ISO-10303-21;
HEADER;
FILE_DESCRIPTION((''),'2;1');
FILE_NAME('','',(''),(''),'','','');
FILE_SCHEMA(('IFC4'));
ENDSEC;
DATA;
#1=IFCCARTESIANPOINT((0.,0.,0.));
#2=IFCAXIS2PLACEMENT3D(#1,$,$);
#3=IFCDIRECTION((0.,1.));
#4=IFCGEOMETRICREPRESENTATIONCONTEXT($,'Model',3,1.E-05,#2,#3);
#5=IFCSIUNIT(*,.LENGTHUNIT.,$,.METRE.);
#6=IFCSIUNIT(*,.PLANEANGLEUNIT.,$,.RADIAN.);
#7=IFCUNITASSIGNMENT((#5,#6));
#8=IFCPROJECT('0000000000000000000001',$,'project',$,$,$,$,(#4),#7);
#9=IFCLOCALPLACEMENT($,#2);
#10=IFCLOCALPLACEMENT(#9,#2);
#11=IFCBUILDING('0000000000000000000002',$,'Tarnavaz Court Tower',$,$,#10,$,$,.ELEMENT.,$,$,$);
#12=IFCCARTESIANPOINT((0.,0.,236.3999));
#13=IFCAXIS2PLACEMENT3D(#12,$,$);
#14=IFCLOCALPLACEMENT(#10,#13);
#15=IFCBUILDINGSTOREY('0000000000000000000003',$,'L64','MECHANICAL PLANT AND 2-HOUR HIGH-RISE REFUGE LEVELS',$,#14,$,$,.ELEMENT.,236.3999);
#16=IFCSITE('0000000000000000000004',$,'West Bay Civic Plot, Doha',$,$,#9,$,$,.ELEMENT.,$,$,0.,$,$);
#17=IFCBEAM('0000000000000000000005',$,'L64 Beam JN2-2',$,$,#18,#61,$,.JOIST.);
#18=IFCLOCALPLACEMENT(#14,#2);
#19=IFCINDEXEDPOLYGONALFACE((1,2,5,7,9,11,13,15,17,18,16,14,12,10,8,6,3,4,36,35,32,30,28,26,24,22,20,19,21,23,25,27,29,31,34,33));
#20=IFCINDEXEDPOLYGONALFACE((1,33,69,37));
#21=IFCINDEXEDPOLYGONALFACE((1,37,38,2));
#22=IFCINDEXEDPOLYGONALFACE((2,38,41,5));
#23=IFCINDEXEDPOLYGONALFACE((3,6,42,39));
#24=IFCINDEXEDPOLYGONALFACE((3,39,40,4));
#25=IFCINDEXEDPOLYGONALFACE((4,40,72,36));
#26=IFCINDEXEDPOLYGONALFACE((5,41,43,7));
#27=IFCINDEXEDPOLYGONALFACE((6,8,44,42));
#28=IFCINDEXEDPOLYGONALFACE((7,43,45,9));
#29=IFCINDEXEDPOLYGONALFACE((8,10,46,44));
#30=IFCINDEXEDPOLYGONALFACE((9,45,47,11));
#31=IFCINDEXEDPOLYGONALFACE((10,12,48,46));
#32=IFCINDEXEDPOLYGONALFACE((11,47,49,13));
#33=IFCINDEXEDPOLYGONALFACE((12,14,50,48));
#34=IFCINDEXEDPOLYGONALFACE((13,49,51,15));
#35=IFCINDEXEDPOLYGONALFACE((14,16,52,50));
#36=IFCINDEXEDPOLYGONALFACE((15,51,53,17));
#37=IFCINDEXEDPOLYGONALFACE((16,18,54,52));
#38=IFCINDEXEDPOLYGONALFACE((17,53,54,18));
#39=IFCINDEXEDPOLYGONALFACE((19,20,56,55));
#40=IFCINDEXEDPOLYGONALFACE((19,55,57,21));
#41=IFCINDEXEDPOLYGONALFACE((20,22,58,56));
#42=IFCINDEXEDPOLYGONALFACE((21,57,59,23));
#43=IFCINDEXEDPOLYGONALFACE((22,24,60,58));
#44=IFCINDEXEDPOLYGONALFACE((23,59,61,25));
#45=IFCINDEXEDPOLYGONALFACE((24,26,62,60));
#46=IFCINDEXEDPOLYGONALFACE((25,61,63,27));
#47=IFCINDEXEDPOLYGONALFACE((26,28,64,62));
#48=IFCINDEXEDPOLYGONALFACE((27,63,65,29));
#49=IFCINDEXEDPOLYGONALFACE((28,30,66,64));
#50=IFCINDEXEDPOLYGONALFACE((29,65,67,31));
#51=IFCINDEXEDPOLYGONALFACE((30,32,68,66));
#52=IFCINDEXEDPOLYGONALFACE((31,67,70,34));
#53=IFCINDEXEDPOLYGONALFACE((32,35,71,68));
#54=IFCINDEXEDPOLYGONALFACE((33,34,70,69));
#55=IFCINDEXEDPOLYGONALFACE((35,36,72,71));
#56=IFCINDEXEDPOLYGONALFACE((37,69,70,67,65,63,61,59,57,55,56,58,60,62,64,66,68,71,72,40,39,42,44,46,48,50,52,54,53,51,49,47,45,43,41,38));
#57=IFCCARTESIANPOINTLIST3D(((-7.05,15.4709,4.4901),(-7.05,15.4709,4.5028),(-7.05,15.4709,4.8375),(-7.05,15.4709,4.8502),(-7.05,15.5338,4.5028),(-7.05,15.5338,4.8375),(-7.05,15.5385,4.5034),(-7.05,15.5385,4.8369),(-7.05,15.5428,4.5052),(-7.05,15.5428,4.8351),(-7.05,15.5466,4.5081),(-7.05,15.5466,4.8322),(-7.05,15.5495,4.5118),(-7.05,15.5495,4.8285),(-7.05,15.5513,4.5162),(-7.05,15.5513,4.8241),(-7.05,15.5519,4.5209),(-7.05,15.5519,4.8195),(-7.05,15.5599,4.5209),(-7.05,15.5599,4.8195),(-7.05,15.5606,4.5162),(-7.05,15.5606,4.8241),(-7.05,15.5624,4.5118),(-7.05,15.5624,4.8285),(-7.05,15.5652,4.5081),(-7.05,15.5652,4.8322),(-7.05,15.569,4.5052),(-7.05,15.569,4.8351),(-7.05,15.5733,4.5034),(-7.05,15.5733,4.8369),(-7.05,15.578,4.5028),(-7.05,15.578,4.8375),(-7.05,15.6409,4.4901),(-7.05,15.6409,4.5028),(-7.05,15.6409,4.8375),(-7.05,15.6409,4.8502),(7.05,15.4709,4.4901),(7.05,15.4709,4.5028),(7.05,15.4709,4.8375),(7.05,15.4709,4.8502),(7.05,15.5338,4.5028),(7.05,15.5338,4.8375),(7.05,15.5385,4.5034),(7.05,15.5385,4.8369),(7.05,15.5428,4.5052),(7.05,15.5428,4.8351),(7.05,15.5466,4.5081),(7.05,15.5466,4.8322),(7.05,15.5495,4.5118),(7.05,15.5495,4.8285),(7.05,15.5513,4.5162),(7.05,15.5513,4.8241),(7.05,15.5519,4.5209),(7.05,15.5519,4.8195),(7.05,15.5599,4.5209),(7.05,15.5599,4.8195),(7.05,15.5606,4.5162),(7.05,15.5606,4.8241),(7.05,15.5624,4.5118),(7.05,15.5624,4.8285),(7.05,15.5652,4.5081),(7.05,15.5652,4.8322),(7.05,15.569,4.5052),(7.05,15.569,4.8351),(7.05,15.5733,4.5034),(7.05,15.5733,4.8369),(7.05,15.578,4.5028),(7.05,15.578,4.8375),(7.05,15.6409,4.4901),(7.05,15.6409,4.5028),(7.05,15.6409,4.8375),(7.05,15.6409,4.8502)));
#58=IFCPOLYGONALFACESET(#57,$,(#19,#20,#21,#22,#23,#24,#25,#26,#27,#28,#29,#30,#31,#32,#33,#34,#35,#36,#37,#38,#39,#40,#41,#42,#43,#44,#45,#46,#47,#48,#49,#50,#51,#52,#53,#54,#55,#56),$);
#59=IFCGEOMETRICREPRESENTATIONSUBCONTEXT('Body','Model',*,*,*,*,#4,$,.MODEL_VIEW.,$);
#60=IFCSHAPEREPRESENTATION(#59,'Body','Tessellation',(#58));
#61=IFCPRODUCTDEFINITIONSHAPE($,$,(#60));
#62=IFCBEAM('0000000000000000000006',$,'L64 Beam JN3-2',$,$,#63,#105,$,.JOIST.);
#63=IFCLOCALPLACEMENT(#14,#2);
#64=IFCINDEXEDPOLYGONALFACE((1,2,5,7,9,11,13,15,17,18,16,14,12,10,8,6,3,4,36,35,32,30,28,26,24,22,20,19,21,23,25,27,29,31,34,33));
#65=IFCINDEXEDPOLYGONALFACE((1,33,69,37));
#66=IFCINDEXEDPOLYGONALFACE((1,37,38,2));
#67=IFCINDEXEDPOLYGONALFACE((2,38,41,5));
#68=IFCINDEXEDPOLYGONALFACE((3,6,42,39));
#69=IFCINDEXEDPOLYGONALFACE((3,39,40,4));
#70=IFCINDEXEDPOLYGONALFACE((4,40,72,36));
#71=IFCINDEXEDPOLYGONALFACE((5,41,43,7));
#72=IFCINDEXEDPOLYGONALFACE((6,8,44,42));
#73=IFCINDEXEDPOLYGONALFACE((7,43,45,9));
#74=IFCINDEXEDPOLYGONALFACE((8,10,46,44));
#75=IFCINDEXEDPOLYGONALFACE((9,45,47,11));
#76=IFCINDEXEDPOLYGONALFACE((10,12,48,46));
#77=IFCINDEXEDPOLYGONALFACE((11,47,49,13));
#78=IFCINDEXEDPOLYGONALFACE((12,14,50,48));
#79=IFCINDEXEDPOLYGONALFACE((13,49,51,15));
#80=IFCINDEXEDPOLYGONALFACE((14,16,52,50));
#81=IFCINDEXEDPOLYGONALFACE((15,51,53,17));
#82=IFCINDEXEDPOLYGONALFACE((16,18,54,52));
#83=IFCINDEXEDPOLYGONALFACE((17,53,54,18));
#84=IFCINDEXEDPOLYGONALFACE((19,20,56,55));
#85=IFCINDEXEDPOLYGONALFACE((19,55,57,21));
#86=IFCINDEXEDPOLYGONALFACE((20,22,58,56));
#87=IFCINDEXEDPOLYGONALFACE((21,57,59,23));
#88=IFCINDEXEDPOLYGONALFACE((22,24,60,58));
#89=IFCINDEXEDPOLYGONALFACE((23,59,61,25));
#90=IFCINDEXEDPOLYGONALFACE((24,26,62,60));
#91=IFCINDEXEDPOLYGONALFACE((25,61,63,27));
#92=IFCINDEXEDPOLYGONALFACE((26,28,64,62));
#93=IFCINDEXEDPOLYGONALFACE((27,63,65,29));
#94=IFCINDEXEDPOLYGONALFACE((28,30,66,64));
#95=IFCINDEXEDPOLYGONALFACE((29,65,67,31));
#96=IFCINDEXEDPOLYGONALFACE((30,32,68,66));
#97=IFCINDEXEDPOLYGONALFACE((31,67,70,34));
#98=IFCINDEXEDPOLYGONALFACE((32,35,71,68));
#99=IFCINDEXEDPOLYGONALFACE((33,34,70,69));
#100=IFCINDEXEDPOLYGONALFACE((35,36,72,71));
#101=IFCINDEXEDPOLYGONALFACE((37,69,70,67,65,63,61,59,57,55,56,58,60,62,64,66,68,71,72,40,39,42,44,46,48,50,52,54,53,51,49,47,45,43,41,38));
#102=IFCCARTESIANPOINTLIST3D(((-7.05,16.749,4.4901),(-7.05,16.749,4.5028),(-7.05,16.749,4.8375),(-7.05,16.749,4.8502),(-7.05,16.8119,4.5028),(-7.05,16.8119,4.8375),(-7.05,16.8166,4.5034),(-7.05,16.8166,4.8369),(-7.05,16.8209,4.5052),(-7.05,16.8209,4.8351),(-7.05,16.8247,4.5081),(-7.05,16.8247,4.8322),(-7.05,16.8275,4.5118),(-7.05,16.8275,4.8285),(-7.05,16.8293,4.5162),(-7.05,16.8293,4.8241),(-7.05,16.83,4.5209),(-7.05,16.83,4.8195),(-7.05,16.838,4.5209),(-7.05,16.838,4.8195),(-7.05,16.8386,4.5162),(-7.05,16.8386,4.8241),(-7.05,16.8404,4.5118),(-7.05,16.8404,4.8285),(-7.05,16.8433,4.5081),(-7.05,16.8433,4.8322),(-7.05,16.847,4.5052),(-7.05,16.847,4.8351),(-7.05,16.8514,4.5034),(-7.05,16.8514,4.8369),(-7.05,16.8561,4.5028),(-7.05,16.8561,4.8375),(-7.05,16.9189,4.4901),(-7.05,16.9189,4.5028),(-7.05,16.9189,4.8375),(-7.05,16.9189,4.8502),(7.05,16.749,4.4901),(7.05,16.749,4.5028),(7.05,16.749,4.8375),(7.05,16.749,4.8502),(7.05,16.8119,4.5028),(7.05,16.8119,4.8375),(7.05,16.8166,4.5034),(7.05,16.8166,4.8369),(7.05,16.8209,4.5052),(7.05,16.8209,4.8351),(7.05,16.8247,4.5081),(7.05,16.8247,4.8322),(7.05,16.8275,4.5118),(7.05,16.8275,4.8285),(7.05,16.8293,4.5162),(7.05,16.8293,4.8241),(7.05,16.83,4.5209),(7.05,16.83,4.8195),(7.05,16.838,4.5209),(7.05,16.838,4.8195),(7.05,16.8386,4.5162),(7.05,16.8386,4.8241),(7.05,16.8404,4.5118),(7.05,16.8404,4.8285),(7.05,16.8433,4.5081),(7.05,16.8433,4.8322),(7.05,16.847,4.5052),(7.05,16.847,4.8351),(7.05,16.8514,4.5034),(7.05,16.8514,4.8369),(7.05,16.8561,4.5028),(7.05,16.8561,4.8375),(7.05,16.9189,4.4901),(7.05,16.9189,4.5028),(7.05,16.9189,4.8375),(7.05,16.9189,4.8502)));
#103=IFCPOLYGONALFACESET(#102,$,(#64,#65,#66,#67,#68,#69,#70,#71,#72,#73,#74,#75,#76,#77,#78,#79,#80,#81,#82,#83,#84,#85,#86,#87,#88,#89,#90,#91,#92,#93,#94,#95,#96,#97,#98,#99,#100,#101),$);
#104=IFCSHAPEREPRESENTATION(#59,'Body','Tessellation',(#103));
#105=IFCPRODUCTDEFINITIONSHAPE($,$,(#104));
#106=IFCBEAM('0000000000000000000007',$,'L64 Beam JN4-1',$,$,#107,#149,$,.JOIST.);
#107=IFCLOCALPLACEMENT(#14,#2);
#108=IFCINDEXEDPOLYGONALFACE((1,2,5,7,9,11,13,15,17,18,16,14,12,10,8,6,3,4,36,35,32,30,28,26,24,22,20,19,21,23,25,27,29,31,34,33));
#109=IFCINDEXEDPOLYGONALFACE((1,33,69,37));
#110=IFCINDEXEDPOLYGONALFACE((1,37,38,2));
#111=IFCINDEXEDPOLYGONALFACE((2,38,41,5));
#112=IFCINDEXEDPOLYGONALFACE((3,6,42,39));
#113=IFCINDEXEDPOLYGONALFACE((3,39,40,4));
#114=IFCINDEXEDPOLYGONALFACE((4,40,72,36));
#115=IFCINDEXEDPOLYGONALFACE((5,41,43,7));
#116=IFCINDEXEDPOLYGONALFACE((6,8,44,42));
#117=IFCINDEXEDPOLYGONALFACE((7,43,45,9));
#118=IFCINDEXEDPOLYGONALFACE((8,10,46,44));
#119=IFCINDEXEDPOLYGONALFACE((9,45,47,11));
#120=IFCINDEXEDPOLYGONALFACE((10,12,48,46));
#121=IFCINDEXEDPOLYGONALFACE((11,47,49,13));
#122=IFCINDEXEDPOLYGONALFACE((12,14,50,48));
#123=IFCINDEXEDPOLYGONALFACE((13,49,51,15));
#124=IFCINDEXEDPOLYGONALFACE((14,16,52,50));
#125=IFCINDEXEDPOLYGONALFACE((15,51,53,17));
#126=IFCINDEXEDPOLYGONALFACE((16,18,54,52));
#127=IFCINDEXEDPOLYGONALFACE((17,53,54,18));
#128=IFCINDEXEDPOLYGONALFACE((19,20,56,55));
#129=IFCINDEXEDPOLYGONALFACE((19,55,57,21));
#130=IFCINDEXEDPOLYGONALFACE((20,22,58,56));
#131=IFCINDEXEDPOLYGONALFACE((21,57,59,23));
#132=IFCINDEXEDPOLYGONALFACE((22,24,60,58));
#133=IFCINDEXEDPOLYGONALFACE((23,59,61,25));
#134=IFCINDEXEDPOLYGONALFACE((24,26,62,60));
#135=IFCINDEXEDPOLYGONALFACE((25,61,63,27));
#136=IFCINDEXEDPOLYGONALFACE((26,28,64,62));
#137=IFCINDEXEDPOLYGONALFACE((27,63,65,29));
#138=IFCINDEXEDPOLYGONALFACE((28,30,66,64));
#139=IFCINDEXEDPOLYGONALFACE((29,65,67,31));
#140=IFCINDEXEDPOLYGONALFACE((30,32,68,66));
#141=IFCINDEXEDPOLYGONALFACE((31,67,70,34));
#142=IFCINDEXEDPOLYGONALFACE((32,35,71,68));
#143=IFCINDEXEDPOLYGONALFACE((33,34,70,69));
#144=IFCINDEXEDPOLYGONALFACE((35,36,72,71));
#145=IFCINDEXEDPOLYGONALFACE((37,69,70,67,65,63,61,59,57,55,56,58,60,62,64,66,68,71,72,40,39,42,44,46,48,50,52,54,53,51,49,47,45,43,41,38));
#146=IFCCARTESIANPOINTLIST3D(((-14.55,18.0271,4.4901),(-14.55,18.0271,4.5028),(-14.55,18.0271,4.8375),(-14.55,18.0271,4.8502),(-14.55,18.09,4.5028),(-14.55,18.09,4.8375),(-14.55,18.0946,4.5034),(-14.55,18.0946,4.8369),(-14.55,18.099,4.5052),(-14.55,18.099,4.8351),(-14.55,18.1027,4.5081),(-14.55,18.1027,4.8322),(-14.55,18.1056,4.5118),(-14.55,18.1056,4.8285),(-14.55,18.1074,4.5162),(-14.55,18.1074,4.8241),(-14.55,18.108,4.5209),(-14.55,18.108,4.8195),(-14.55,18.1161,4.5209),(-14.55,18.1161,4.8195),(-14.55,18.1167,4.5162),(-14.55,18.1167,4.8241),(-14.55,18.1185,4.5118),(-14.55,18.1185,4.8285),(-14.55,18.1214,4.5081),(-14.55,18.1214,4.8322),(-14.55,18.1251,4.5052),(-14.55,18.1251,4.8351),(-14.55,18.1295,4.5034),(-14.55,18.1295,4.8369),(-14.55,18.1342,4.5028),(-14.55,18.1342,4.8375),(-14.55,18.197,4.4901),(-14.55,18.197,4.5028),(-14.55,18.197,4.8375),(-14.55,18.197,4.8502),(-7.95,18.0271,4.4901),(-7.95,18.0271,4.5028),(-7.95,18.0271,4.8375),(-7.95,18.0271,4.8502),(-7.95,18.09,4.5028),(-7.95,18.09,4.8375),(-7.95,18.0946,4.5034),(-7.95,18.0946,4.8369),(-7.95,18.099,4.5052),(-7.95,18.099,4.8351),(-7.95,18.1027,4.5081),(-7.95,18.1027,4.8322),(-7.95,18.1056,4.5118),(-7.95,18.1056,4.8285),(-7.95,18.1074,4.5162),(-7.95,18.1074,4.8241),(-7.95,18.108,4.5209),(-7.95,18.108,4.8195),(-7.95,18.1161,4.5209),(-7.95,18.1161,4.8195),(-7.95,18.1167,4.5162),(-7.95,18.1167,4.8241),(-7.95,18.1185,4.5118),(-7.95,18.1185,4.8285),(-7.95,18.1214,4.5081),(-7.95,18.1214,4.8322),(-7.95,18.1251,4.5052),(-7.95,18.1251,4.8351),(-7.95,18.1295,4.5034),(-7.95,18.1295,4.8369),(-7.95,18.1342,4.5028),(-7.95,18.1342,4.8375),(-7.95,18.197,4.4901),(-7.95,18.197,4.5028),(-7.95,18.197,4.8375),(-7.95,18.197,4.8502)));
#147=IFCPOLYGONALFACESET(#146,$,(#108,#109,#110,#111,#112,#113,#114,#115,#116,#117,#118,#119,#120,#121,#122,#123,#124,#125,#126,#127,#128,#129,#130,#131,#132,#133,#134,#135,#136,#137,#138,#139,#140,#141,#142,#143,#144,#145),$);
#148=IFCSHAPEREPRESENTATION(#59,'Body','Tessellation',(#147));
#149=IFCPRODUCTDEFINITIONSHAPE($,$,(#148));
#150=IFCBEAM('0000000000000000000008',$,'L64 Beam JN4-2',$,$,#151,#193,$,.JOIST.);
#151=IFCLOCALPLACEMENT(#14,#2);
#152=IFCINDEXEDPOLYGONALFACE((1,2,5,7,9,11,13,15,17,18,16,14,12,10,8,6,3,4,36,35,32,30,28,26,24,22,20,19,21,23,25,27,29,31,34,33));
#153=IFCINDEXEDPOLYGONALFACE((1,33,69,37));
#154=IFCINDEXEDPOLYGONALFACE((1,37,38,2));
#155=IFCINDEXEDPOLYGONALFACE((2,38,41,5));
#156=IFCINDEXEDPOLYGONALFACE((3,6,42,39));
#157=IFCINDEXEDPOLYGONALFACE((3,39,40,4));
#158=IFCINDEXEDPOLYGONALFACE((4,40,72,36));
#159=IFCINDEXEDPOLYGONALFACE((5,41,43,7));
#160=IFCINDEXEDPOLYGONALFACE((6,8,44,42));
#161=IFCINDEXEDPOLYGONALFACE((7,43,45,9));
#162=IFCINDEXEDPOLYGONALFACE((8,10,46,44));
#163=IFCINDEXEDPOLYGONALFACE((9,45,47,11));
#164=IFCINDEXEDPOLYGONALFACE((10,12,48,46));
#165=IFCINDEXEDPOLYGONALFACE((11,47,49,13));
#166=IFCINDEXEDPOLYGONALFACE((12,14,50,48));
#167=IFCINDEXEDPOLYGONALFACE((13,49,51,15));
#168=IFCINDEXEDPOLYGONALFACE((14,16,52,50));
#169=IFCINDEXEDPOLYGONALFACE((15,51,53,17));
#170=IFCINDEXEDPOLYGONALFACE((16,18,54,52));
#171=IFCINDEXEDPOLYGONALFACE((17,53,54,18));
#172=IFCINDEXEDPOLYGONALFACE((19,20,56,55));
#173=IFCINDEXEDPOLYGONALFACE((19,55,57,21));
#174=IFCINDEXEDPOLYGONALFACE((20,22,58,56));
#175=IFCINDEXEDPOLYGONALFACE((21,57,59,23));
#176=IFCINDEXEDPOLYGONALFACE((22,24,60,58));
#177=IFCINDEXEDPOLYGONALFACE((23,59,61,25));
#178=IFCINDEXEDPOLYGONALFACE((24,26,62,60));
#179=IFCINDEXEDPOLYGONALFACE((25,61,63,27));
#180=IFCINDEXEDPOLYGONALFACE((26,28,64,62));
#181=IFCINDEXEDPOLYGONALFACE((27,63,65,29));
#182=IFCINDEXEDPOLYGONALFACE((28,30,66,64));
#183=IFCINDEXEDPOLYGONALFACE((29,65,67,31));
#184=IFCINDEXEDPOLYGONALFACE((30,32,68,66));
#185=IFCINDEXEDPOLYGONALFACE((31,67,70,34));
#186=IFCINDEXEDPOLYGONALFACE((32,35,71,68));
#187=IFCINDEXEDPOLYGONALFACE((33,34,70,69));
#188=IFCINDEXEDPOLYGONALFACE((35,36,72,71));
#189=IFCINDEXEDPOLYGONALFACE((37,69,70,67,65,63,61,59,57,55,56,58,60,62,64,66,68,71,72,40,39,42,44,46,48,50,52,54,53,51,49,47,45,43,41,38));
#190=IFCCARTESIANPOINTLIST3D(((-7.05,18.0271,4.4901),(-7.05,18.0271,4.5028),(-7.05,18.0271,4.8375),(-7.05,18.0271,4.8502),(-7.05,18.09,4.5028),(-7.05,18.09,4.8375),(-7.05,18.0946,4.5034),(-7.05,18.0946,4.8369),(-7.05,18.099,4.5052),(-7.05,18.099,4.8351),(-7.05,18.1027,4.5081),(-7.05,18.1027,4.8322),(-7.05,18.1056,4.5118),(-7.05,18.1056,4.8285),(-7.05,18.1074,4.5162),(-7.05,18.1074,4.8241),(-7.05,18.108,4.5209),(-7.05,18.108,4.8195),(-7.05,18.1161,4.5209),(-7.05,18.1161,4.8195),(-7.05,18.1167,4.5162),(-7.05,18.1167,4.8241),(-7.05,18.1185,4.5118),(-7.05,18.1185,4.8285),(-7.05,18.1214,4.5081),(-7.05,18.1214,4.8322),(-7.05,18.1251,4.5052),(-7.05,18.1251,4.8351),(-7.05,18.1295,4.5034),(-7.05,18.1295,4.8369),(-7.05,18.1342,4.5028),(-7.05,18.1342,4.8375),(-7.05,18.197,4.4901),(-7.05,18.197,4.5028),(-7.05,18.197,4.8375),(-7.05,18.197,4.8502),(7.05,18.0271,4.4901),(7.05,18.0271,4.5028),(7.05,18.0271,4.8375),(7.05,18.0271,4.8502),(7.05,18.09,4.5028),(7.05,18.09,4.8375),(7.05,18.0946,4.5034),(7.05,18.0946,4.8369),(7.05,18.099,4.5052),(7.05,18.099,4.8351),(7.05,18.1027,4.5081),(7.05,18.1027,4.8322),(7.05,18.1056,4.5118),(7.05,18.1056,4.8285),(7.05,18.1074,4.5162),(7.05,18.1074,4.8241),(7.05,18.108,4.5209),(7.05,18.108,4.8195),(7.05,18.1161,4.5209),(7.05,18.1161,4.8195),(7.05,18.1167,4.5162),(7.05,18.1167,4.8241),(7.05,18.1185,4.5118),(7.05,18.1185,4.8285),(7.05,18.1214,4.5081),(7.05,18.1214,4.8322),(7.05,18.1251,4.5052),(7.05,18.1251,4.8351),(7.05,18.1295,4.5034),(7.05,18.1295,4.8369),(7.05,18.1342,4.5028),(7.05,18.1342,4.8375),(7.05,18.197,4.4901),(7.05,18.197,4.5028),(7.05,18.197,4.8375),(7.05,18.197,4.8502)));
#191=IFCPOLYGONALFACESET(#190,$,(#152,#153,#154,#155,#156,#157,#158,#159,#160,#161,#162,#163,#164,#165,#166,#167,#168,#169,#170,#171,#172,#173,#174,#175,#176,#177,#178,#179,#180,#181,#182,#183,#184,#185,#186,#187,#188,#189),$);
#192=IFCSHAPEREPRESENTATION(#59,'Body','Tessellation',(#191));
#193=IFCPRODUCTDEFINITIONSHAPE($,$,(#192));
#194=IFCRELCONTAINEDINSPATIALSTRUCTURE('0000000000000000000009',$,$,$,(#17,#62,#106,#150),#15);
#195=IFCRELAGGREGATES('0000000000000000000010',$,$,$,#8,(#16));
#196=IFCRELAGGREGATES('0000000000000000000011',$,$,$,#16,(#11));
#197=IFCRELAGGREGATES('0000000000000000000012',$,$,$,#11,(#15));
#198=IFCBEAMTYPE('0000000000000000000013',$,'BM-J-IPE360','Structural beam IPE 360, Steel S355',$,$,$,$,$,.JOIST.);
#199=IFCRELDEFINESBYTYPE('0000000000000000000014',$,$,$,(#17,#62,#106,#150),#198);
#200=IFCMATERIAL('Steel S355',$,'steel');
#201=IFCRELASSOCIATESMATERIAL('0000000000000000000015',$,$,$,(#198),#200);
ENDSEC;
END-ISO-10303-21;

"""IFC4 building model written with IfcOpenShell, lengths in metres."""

from ifc_helpers import new_model, si_unit, direction, frame, origin, origin_2d, place, context, subcontext, project, spatial, i_section, extrude, material, material_profile, profile_set, type_object, element, save


model = new_model("IFC4")

# Units and contexts
model_context = context("Model", 3, precision=1e-05, world=origin(), true_north=direction((0.0, 1.0)))
body_context = subcontext(model_context, "Body", "Model", "MODEL_VIEW")
ifc_project = project(units=[si_unit("LENGTHUNIT", "METRE"), si_unit("PLANEANGLEUNIT", "RADIAN")], contexts=[model_context])

# Site, building, storey
site_placement = place(None, origin())
site = spatial("IfcSite", under=ifc_project, at=site_placement, Name="West Bay Civic Plot, Doha", CompositionType="ELEMENT", RefElevation=0.0)
building_placement = place(site_placement, origin())
building = spatial("IfcBuilding", under=site, at=building_placement, Name="Tarnavaz Court Tower", CompositionType="ELEMENT")
storey_placement = place(building_placement, frame((0.0, 0.0, 236.3999)))
storey = spatial("IfcBuildingStorey", under=building, at=storey_placement, Name="L64", Description="MECHANICAL PLANT AND 2-HOUR HIGH-RISE REFUGE LEVELS", CompositionType="ELEMENT", Elevation=236.3999)

# Beams
ifc_material_1 = material(Name="Steel S355", Category="steel")
ifc_material_profile_1 = material_profile(ifc_material_1, i_section(OverallWidth=0.1699, OverallDepth=0.3601, WebThickness=0.0081, FlangeThickness=0.0127, FilletRadius=0.0181, at=origin_2d()), Name="IPE 360")
ifc_profile_set_1 = profile_set([ifc_material_profile_1], Name="Steel S355")
beam_type_1 = type_object("IfcBeamType", Name="BM-J-IPE360", Description="Structural beam IPE 360, Steel S355", PredefinedType="JOIST", material=ifc_profile_set_1)
for number, where, z_axis, x_axis, name in (
    (1, (-7.05, 15.5559, 4.6702), (1.0, 0.0, 0.0), (0.0, 1.0, 0.0), "L64 Beam JN2-2"),
    (2, (-7.05, 16.834, 4.6702), (1.0, 0.0, 0.0), (0.0, 1.0, 0.0), "L64 Beam JN3-2"),
):
    element("IfcBeam", number, at=place(storey_placement, frame(where, z_axis=z_axis, x_axis=x_axis)), inside=storey, type_object=beam_type_1, Name=name, PredefinedType="JOIST", context=body_context, shape_type="SweptSolid", body=[
        extrude(i_section(OverallWidth=0.1699, OverallDepth=0.3601, WebThickness=0.0081, FlangeThickness=0.0127, FilletRadius=0.0181, at=origin_2d()), origin(), (0.0, 0.0, 1.0), 14.1001),
    ])
beam_1_placement = place(storey_placement, frame((-14.55, 18.1121, 4.6702), z_axis=(1.0, 0.0, 0.0), x_axis=(0.0, 1.0, 0.0)))
element("IfcBeam", 3, at=beam_1_placement, inside=storey, type_object=beam_type_1, Name="L64 Beam JN4-1", PredefinedType="JOIST", context=body_context, shape_type="SweptSolid", body=[
    extrude(i_section(OverallWidth=0.1699, OverallDepth=0.3601, WebThickness=0.0081, FlangeThickness=0.0127, FilletRadius=0.0181, at=origin_2d()), origin(), (0.0, 0.0, 1.0), 6.6001),
])
beam_2_placement = place(storey_placement, frame((-7.05, 18.1121, 4.6702), z_axis=(1.0, 0.0, 0.0), x_axis=(0.0, 1.0, 0.0)))
element("IfcBeam", 4, at=beam_2_placement, inside=storey, type_object=beam_type_1, Name="L64 Beam JN4-2", PredefinedType="JOIST", context=body_context, shape_type="SweptSolid", body=[
    extrude(i_section(OverallWidth=0.1699, OverallDepth=0.3601, WebThickness=0.0081, FlangeThickness=0.0127, FilletRadius=0.0181, at=origin_2d()), origin(), (0.0, 0.0, 1.0), 14.1001),
])

save(model, "model.ifc")
